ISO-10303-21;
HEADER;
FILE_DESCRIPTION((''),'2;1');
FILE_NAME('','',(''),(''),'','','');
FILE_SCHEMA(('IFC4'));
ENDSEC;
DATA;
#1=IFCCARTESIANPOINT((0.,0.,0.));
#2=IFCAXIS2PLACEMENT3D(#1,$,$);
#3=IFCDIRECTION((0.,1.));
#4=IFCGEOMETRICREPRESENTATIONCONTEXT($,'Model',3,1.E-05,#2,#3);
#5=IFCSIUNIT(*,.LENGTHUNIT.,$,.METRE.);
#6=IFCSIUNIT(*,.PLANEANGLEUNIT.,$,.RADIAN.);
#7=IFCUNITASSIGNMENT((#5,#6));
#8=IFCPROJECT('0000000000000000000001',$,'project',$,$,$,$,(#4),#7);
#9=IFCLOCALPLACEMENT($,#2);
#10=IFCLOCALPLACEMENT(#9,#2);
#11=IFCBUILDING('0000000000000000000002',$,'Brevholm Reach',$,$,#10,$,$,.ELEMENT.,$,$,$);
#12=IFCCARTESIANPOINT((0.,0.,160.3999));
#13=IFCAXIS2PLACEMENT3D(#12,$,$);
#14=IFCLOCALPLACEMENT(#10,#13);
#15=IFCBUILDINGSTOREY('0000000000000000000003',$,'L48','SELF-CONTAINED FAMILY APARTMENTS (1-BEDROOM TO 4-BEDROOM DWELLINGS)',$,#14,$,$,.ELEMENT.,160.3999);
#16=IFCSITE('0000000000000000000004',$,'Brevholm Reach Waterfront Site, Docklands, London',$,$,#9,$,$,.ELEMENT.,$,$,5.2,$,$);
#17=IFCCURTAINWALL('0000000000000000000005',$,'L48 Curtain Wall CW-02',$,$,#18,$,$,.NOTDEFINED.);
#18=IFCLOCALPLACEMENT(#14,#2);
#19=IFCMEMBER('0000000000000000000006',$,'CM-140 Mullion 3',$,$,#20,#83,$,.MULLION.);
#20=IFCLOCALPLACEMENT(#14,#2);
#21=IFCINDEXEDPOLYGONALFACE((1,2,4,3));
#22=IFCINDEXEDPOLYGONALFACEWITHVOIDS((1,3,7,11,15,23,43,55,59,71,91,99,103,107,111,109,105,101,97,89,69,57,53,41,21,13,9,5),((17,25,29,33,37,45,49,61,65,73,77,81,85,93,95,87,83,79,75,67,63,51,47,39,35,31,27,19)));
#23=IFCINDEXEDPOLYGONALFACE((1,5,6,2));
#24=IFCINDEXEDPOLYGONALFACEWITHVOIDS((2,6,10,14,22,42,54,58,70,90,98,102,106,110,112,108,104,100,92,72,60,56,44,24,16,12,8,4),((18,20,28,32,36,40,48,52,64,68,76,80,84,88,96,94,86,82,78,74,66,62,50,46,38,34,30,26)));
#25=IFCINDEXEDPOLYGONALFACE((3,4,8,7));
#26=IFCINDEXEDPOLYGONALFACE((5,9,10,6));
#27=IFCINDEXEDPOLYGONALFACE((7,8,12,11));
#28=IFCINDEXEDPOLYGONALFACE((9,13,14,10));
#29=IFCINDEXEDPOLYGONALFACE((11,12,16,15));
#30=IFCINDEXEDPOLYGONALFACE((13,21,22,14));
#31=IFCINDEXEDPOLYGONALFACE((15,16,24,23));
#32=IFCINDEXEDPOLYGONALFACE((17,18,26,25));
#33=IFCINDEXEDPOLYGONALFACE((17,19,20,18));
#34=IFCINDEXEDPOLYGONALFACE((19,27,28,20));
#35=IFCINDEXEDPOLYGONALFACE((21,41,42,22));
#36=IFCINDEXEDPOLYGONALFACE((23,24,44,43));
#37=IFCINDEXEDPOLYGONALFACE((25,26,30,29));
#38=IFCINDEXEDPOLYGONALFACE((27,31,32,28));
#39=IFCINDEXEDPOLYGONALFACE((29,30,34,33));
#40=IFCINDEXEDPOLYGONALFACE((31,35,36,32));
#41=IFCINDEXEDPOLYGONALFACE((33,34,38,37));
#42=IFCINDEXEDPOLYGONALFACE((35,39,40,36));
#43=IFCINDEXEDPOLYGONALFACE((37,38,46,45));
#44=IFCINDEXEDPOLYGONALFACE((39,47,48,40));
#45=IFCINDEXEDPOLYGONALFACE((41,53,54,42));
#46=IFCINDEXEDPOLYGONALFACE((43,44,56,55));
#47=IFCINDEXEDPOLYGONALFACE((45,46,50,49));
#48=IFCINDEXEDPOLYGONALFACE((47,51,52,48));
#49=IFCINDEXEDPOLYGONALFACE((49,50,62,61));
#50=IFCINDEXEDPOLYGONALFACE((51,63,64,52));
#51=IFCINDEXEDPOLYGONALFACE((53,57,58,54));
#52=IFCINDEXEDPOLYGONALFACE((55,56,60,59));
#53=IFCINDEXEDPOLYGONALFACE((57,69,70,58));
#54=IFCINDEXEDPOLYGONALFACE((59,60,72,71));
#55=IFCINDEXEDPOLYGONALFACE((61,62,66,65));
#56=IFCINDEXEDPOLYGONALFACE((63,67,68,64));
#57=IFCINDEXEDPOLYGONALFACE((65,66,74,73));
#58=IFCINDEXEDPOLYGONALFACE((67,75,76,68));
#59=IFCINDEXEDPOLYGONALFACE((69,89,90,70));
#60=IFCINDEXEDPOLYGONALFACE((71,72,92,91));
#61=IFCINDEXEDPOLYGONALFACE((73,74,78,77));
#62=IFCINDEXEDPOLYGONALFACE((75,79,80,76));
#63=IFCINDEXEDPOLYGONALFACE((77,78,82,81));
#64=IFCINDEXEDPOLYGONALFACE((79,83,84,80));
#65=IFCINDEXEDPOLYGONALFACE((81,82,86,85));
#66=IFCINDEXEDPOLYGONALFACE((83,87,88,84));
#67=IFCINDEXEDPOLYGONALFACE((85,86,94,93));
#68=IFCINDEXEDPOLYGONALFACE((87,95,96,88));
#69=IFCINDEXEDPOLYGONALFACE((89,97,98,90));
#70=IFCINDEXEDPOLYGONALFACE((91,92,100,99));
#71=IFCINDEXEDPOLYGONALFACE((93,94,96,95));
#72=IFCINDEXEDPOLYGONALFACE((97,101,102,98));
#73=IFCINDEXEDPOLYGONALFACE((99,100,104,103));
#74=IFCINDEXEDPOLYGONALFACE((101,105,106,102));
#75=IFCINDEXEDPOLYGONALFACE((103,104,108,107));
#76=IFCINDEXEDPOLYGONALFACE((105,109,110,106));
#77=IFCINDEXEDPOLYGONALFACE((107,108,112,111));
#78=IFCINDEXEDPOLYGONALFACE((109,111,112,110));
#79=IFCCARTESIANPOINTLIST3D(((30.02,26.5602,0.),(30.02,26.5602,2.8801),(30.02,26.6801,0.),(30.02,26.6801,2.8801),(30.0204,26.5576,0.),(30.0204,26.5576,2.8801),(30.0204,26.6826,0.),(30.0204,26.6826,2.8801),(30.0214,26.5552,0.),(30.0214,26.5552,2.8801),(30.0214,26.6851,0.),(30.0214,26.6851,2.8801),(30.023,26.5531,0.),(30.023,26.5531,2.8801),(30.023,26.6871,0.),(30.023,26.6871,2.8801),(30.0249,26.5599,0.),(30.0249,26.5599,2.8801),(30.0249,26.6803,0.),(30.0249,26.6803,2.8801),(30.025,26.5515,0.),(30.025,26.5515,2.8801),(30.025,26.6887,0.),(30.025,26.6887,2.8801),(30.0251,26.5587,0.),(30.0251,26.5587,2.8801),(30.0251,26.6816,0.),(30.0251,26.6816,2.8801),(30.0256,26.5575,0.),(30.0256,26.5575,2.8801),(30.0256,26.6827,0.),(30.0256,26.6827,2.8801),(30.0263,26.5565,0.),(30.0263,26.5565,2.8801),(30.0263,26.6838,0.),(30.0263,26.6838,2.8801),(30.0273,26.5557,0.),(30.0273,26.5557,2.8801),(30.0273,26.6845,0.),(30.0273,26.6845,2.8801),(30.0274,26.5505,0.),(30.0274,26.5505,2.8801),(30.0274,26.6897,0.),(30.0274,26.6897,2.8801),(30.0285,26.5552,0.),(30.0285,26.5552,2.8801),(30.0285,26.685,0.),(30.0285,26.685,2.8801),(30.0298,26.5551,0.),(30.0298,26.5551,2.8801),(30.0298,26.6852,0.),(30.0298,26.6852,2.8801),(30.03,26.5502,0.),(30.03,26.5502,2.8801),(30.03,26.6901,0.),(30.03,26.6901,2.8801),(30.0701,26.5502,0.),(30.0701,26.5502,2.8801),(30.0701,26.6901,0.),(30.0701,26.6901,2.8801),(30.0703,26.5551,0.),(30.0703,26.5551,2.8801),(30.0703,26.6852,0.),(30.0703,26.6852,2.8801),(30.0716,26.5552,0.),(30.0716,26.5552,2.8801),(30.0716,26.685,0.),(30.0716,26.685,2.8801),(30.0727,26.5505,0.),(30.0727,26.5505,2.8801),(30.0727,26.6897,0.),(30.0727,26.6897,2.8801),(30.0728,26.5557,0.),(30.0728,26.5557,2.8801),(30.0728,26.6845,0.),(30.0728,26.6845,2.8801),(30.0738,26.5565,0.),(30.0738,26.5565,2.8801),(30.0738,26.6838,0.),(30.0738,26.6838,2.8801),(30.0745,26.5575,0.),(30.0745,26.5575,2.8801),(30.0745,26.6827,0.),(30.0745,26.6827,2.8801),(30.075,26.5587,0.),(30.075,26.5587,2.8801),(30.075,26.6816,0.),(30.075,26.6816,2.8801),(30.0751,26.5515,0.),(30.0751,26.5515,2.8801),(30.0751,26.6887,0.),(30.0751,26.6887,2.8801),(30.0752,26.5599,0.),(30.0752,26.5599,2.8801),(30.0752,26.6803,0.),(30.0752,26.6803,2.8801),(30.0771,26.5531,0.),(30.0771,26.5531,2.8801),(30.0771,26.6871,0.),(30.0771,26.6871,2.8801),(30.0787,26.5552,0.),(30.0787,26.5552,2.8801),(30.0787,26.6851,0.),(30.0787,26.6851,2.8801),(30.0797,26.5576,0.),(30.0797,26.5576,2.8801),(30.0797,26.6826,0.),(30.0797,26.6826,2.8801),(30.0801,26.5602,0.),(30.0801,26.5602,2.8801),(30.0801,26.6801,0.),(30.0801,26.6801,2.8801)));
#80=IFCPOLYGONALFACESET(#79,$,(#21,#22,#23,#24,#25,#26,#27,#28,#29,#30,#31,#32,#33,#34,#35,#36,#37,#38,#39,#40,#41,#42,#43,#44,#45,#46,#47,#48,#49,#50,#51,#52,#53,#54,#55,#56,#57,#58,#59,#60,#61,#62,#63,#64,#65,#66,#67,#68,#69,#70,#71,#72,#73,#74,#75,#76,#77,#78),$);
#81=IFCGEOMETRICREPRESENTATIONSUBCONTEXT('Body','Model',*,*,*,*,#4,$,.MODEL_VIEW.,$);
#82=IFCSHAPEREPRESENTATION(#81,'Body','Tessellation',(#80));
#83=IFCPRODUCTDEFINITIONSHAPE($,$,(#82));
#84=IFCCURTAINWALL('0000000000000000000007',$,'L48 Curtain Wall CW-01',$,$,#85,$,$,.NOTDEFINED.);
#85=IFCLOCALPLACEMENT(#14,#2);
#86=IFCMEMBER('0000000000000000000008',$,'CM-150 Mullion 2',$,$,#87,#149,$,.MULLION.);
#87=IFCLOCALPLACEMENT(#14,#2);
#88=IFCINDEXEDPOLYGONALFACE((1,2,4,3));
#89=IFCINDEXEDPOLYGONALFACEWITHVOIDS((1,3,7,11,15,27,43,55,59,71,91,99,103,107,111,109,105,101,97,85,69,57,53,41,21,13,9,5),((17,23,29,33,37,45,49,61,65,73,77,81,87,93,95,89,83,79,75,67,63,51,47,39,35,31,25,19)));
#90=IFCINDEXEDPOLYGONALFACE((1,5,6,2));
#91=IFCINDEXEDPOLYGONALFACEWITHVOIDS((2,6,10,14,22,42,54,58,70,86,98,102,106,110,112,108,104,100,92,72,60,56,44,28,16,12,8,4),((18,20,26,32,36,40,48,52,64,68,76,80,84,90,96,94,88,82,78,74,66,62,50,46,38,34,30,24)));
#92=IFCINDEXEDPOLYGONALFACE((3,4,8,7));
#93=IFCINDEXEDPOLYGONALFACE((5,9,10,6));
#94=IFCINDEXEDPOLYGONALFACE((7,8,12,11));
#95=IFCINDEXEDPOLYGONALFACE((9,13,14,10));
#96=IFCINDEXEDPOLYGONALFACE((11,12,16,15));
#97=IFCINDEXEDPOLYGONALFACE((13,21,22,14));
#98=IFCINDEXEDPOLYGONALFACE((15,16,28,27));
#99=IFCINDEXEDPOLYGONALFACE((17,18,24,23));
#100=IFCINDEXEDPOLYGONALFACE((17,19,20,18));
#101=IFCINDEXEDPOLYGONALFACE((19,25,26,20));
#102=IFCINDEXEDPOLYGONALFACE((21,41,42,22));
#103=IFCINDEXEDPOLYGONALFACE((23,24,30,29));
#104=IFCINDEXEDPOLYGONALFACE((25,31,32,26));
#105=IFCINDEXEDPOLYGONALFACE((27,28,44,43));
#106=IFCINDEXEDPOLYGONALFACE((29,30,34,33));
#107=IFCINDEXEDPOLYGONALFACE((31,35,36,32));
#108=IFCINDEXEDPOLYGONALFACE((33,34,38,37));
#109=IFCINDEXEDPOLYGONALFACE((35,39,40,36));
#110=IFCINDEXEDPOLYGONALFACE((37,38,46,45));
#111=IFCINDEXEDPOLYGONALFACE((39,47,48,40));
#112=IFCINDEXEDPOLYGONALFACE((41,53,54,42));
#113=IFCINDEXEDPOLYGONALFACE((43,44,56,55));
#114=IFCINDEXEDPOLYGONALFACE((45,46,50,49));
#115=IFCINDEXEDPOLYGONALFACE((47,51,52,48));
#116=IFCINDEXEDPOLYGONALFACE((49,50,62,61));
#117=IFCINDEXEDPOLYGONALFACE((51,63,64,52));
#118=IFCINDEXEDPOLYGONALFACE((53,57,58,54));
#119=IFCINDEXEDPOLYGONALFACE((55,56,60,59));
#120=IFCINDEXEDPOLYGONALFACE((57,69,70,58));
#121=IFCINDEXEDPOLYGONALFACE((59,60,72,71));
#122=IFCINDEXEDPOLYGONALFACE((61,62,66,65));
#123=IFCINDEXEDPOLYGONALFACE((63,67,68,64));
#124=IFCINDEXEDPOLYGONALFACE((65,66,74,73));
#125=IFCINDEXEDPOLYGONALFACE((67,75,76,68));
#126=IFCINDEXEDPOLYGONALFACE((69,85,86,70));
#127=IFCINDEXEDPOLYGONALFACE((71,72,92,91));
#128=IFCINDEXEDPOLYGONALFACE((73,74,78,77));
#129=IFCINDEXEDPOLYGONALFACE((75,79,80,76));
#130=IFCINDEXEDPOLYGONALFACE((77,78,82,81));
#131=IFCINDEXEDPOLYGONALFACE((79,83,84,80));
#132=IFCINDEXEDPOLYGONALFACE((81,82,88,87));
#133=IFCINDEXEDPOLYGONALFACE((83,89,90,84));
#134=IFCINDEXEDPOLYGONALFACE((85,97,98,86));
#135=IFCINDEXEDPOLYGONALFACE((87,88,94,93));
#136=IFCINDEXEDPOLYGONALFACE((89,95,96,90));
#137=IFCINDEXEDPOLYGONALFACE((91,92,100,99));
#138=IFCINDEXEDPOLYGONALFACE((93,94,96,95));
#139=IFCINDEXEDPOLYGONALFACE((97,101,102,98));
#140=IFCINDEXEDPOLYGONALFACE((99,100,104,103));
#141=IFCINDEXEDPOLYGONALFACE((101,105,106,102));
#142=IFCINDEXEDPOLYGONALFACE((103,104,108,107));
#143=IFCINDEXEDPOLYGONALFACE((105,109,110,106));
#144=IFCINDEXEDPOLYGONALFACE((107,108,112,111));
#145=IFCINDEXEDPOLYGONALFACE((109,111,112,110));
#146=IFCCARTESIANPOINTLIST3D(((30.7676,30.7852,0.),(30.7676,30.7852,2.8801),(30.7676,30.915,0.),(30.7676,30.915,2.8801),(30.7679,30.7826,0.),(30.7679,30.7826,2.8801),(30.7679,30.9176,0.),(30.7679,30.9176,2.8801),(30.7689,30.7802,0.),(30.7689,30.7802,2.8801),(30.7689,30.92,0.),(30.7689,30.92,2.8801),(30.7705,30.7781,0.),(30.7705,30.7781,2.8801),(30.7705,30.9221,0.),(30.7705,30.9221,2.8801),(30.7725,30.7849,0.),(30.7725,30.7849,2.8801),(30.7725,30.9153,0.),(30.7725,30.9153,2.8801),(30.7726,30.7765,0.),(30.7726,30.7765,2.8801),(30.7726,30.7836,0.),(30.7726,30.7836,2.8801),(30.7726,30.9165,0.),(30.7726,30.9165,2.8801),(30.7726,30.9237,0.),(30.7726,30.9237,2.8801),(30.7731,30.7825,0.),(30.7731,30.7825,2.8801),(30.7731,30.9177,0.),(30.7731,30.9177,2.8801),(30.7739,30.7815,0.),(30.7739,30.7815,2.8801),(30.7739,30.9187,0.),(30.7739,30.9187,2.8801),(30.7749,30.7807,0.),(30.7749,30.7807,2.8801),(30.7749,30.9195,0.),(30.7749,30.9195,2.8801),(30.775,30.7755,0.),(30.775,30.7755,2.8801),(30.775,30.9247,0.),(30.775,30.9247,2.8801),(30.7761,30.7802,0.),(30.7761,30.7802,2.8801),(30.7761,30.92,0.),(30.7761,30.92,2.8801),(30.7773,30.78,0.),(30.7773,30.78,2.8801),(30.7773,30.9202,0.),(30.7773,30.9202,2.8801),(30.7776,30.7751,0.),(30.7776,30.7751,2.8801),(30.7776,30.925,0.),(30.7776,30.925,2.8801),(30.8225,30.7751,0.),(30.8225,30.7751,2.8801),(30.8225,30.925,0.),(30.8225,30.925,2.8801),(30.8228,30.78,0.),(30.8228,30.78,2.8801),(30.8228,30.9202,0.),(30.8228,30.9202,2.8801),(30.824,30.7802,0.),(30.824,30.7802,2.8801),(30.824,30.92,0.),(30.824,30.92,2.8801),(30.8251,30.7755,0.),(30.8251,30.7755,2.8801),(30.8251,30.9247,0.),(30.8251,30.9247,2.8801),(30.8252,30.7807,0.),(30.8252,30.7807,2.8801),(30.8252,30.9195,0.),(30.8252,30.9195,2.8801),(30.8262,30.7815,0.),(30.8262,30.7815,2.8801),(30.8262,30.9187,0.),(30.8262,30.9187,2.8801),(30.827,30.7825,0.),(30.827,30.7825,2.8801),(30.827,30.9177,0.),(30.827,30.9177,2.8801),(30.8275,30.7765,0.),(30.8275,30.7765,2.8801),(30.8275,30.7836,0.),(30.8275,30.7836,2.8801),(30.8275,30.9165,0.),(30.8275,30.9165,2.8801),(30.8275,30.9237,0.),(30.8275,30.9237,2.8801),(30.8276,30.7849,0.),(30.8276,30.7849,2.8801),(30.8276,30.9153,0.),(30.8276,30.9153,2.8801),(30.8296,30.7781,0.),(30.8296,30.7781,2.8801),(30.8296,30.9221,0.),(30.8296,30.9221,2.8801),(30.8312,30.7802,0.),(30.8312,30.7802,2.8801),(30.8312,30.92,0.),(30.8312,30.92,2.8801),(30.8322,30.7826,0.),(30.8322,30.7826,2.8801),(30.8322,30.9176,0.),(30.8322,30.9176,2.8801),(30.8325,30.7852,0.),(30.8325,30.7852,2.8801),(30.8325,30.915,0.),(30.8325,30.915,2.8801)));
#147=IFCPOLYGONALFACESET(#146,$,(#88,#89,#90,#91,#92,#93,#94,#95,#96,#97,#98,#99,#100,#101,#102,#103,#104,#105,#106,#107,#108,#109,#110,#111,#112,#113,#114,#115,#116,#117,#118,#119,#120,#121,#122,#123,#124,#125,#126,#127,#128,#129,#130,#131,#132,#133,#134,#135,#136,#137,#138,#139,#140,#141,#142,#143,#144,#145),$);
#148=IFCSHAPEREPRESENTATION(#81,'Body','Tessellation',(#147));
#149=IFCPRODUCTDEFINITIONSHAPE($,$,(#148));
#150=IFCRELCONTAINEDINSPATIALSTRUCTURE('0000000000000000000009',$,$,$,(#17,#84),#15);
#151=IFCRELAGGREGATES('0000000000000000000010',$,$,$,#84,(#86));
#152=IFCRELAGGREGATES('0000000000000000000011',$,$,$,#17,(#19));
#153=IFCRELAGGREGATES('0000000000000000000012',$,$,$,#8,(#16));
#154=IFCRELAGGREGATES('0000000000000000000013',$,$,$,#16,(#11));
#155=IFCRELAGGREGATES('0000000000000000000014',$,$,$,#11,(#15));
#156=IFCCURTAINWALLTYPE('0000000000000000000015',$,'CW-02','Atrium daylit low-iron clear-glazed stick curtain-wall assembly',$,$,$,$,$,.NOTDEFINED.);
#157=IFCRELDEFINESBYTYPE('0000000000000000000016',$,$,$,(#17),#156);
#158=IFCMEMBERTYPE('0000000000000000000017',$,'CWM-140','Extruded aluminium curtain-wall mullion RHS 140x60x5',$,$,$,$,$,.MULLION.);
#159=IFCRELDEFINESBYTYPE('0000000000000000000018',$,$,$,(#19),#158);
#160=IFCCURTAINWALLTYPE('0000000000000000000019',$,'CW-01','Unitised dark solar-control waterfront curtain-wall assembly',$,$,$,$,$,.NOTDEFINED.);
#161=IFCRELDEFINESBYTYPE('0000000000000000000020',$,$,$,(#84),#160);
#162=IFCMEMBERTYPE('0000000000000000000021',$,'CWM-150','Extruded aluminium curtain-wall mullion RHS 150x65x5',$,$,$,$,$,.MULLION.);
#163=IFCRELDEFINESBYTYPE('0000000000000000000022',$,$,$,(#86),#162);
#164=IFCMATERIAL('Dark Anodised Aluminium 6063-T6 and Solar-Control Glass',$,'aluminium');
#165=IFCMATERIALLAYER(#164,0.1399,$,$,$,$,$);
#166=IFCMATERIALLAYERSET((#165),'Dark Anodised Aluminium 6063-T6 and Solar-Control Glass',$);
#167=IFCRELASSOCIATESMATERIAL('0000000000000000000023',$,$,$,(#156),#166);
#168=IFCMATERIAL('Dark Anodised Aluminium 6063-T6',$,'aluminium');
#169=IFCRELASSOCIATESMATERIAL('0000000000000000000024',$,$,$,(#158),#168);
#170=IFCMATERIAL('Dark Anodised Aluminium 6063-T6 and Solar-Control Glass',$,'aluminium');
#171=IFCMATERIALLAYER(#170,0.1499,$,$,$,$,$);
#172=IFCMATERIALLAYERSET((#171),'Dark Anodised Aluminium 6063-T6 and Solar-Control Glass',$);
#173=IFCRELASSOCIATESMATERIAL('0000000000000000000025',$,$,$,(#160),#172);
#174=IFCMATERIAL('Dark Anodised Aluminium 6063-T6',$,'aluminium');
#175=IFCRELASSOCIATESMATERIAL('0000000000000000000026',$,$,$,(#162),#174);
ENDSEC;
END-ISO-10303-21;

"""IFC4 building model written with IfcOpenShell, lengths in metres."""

from ifc_helpers import new_model, si_unit, direction, frame, origin, origin_2d, place, context, subcontext, project, spatial, hollow_rectangle, extrude, material, layer, layer_set, material_profile, profile_set, type_object, element, aggregate, save


model = new_model("IFC4")

# Units and contexts
model_context = context("Model", 3, precision=1e-05, world=origin(), true_north=direction((0.0, 1.0)))
body_context = subcontext(model_context, "Body", "Model", "MODEL_VIEW")
ifc_project = project(units=[si_unit("LENGTHUNIT", "METRE"), si_unit("PLANEANGLEUNIT", "RADIAN")], contexts=[model_context])

# Site, building, storey
site_placement = place(None, origin())
site = spatial("IfcSite", under=ifc_project, at=site_placement, Name="Brevholm Reach Waterfront Site, Docklands, London", CompositionType="ELEMENT", RefElevation=5.2)
building_placement = place(site_placement, origin())
building = spatial("IfcBuilding", under=site, at=building_placement, Name="Brevholm Reach", CompositionType="ELEMENT")
storey_placement = place(building_placement, frame((0.0, 0.0, 160.3999)))
storey = spatial("IfcBuildingStorey", under=building, at=storey_placement, Name="L48", Description="SELF-CONTAINED FAMILY APARTMENTS (1-BEDROOM TO 4-BEDROOM DWELLINGS)", CompositionType="ELEMENT", Elevation=160.3999)

# Curtain walls, members
ifc_material_1 = material(Name="Dark Anodised Aluminium 6063-T6 and Solar-Control Glass", Category="aluminium")
ifc_layer_1 = layer(ifc_material_1, 0.1399)
ifc_layer_set_1 = layer_set([ifc_layer_1], Name="Dark Anodised Aluminium 6063-T6 and Solar-Control Glass")
curtain_wall_type_1 = type_object("IfcCurtainWallType", Name="CW-02", Description="Atrium daylit low-iron clear-glazed stick curtain-wall assembly", PredefinedType="NOTDEFINED", material=ifc_layer_set_1)
curtain_wall_1_placement = place(storey_placement, origin())
curtain_wall_1 = element("IfcCurtainWall", 1, at=curtain_wall_1_placement, inside=storey, type_object=curtain_wall_type_1, Name="L48 Curtain Wall CW-02", PredefinedType="NOTDEFINED")
ifc_material_2 = material(Name="Dark Anodised Aluminium 6063-T6", Category="aluminium")
ifc_material_profile_1 = material_profile(ifc_material_2, hollow_rectangle(XDim=0.0601, YDim=0.1399, WallThickness=0.0049, InnerFilletRadius=0.0049, OuterFilletRadius=0.01, at=origin_2d()), Name="RHS 140x60x5")
ifc_profile_set_1 = profile_set([ifc_material_profile_1], Name="Dark Anodised Aluminium 6063-T6")
member_type_1 = type_object("IfcMemberType", Name="CWM-140", Description="Extruded aluminium curtain-wall mullion RHS 140x60x5", PredefinedType="MULLION", material=ifc_profile_set_1)
member_1_placement = place(storey_placement, frame((30.05, 26.6201, 0.0), z_axis=(0.0, 0.0, 1.0), x_axis=(-1.0, 0.0, 0.0)))
member_1 = element("IfcMember", 2, at=member_1_placement, type_object=member_type_1, Name="CM-140 Mullion 3", PredefinedType="MULLION", context=body_context, shape_type="SweptSolid", body=[
    extrude(hollow_rectangle(XDim=0.0601, YDim=0.1399, WallThickness=0.0049, InnerFilletRadius=0.0049, OuterFilletRadius=0.01, at=origin_2d()), origin(), (0.0, 0.0, 1.0), 2.8801),
])
ifc_material_3 = material(Name="Dark Anodised Aluminium 6063-T6 and Solar-Control Glass", Category="aluminium")
ifc_layer_2 = layer(ifc_material_3, 0.1499)
ifc_layer_set_2 = layer_set([ifc_layer_2], Name="Dark Anodised Aluminium 6063-T6 and Solar-Control Glass")
curtain_wall_type_2 = type_object("IfcCurtainWallType", Name="CW-01", Description="Unitised dark solar-control waterfront curtain-wall assembly", PredefinedType="NOTDEFINED", material=ifc_layer_set_2)
curtain_wall_2_placement = place(storey_placement, origin())
curtain_wall_2 = element("IfcCurtainWall", 3, at=curtain_wall_2_placement, inside=storey, type_object=curtain_wall_type_2, Name="L48 Curtain Wall CW-01", PredefinedType="NOTDEFINED")
ifc_material_4 = material(Name="Dark Anodised Aluminium 6063-T6", Category="aluminium")
ifc_material_profile_2 = material_profile(ifc_material_4, hollow_rectangle(XDim=0.0649, YDim=0.1499, WallThickness=0.0049, InnerFilletRadius=0.0049, OuterFilletRadius=0.01, at=origin_2d()), Name="RHS 150x65x5")
ifc_profile_set_2 = profile_set([ifc_material_profile_2], Name="Dark Anodised Aluminium 6063-T6")
member_type_2 = type_object("IfcMemberType", Name="CWM-150", Description="Extruded aluminium curtain-wall mullion RHS 150x65x5", PredefinedType="MULLION", material=ifc_profile_set_2)
member_2_placement = place(storey_placement, frame((30.8, 30.8501, 0.0), z_axis=(0.0, 0.0, 1.0), x_axis=(1.0, 0.0, 0.0)))
member_2 = element("IfcMember", 4, at=member_2_placement, type_object=member_type_2, Name="CM-150 Mullion 2", PredefinedType="MULLION", context=body_context, shape_type="SweptSolid", body=[
    extrude(hollow_rectangle(XDim=0.0649, YDim=0.1499, WallThickness=0.0049, InnerFilletRadius=0.0049, OuterFilletRadius=0.01, at=origin_2d()), origin(), (0.0, 0.0, 1.0), 2.8801),
])

aggregate(curtain_wall_2, [member_2])
aggregate(curtain_wall_1, [member_1])

save(model, "model.ifc")
